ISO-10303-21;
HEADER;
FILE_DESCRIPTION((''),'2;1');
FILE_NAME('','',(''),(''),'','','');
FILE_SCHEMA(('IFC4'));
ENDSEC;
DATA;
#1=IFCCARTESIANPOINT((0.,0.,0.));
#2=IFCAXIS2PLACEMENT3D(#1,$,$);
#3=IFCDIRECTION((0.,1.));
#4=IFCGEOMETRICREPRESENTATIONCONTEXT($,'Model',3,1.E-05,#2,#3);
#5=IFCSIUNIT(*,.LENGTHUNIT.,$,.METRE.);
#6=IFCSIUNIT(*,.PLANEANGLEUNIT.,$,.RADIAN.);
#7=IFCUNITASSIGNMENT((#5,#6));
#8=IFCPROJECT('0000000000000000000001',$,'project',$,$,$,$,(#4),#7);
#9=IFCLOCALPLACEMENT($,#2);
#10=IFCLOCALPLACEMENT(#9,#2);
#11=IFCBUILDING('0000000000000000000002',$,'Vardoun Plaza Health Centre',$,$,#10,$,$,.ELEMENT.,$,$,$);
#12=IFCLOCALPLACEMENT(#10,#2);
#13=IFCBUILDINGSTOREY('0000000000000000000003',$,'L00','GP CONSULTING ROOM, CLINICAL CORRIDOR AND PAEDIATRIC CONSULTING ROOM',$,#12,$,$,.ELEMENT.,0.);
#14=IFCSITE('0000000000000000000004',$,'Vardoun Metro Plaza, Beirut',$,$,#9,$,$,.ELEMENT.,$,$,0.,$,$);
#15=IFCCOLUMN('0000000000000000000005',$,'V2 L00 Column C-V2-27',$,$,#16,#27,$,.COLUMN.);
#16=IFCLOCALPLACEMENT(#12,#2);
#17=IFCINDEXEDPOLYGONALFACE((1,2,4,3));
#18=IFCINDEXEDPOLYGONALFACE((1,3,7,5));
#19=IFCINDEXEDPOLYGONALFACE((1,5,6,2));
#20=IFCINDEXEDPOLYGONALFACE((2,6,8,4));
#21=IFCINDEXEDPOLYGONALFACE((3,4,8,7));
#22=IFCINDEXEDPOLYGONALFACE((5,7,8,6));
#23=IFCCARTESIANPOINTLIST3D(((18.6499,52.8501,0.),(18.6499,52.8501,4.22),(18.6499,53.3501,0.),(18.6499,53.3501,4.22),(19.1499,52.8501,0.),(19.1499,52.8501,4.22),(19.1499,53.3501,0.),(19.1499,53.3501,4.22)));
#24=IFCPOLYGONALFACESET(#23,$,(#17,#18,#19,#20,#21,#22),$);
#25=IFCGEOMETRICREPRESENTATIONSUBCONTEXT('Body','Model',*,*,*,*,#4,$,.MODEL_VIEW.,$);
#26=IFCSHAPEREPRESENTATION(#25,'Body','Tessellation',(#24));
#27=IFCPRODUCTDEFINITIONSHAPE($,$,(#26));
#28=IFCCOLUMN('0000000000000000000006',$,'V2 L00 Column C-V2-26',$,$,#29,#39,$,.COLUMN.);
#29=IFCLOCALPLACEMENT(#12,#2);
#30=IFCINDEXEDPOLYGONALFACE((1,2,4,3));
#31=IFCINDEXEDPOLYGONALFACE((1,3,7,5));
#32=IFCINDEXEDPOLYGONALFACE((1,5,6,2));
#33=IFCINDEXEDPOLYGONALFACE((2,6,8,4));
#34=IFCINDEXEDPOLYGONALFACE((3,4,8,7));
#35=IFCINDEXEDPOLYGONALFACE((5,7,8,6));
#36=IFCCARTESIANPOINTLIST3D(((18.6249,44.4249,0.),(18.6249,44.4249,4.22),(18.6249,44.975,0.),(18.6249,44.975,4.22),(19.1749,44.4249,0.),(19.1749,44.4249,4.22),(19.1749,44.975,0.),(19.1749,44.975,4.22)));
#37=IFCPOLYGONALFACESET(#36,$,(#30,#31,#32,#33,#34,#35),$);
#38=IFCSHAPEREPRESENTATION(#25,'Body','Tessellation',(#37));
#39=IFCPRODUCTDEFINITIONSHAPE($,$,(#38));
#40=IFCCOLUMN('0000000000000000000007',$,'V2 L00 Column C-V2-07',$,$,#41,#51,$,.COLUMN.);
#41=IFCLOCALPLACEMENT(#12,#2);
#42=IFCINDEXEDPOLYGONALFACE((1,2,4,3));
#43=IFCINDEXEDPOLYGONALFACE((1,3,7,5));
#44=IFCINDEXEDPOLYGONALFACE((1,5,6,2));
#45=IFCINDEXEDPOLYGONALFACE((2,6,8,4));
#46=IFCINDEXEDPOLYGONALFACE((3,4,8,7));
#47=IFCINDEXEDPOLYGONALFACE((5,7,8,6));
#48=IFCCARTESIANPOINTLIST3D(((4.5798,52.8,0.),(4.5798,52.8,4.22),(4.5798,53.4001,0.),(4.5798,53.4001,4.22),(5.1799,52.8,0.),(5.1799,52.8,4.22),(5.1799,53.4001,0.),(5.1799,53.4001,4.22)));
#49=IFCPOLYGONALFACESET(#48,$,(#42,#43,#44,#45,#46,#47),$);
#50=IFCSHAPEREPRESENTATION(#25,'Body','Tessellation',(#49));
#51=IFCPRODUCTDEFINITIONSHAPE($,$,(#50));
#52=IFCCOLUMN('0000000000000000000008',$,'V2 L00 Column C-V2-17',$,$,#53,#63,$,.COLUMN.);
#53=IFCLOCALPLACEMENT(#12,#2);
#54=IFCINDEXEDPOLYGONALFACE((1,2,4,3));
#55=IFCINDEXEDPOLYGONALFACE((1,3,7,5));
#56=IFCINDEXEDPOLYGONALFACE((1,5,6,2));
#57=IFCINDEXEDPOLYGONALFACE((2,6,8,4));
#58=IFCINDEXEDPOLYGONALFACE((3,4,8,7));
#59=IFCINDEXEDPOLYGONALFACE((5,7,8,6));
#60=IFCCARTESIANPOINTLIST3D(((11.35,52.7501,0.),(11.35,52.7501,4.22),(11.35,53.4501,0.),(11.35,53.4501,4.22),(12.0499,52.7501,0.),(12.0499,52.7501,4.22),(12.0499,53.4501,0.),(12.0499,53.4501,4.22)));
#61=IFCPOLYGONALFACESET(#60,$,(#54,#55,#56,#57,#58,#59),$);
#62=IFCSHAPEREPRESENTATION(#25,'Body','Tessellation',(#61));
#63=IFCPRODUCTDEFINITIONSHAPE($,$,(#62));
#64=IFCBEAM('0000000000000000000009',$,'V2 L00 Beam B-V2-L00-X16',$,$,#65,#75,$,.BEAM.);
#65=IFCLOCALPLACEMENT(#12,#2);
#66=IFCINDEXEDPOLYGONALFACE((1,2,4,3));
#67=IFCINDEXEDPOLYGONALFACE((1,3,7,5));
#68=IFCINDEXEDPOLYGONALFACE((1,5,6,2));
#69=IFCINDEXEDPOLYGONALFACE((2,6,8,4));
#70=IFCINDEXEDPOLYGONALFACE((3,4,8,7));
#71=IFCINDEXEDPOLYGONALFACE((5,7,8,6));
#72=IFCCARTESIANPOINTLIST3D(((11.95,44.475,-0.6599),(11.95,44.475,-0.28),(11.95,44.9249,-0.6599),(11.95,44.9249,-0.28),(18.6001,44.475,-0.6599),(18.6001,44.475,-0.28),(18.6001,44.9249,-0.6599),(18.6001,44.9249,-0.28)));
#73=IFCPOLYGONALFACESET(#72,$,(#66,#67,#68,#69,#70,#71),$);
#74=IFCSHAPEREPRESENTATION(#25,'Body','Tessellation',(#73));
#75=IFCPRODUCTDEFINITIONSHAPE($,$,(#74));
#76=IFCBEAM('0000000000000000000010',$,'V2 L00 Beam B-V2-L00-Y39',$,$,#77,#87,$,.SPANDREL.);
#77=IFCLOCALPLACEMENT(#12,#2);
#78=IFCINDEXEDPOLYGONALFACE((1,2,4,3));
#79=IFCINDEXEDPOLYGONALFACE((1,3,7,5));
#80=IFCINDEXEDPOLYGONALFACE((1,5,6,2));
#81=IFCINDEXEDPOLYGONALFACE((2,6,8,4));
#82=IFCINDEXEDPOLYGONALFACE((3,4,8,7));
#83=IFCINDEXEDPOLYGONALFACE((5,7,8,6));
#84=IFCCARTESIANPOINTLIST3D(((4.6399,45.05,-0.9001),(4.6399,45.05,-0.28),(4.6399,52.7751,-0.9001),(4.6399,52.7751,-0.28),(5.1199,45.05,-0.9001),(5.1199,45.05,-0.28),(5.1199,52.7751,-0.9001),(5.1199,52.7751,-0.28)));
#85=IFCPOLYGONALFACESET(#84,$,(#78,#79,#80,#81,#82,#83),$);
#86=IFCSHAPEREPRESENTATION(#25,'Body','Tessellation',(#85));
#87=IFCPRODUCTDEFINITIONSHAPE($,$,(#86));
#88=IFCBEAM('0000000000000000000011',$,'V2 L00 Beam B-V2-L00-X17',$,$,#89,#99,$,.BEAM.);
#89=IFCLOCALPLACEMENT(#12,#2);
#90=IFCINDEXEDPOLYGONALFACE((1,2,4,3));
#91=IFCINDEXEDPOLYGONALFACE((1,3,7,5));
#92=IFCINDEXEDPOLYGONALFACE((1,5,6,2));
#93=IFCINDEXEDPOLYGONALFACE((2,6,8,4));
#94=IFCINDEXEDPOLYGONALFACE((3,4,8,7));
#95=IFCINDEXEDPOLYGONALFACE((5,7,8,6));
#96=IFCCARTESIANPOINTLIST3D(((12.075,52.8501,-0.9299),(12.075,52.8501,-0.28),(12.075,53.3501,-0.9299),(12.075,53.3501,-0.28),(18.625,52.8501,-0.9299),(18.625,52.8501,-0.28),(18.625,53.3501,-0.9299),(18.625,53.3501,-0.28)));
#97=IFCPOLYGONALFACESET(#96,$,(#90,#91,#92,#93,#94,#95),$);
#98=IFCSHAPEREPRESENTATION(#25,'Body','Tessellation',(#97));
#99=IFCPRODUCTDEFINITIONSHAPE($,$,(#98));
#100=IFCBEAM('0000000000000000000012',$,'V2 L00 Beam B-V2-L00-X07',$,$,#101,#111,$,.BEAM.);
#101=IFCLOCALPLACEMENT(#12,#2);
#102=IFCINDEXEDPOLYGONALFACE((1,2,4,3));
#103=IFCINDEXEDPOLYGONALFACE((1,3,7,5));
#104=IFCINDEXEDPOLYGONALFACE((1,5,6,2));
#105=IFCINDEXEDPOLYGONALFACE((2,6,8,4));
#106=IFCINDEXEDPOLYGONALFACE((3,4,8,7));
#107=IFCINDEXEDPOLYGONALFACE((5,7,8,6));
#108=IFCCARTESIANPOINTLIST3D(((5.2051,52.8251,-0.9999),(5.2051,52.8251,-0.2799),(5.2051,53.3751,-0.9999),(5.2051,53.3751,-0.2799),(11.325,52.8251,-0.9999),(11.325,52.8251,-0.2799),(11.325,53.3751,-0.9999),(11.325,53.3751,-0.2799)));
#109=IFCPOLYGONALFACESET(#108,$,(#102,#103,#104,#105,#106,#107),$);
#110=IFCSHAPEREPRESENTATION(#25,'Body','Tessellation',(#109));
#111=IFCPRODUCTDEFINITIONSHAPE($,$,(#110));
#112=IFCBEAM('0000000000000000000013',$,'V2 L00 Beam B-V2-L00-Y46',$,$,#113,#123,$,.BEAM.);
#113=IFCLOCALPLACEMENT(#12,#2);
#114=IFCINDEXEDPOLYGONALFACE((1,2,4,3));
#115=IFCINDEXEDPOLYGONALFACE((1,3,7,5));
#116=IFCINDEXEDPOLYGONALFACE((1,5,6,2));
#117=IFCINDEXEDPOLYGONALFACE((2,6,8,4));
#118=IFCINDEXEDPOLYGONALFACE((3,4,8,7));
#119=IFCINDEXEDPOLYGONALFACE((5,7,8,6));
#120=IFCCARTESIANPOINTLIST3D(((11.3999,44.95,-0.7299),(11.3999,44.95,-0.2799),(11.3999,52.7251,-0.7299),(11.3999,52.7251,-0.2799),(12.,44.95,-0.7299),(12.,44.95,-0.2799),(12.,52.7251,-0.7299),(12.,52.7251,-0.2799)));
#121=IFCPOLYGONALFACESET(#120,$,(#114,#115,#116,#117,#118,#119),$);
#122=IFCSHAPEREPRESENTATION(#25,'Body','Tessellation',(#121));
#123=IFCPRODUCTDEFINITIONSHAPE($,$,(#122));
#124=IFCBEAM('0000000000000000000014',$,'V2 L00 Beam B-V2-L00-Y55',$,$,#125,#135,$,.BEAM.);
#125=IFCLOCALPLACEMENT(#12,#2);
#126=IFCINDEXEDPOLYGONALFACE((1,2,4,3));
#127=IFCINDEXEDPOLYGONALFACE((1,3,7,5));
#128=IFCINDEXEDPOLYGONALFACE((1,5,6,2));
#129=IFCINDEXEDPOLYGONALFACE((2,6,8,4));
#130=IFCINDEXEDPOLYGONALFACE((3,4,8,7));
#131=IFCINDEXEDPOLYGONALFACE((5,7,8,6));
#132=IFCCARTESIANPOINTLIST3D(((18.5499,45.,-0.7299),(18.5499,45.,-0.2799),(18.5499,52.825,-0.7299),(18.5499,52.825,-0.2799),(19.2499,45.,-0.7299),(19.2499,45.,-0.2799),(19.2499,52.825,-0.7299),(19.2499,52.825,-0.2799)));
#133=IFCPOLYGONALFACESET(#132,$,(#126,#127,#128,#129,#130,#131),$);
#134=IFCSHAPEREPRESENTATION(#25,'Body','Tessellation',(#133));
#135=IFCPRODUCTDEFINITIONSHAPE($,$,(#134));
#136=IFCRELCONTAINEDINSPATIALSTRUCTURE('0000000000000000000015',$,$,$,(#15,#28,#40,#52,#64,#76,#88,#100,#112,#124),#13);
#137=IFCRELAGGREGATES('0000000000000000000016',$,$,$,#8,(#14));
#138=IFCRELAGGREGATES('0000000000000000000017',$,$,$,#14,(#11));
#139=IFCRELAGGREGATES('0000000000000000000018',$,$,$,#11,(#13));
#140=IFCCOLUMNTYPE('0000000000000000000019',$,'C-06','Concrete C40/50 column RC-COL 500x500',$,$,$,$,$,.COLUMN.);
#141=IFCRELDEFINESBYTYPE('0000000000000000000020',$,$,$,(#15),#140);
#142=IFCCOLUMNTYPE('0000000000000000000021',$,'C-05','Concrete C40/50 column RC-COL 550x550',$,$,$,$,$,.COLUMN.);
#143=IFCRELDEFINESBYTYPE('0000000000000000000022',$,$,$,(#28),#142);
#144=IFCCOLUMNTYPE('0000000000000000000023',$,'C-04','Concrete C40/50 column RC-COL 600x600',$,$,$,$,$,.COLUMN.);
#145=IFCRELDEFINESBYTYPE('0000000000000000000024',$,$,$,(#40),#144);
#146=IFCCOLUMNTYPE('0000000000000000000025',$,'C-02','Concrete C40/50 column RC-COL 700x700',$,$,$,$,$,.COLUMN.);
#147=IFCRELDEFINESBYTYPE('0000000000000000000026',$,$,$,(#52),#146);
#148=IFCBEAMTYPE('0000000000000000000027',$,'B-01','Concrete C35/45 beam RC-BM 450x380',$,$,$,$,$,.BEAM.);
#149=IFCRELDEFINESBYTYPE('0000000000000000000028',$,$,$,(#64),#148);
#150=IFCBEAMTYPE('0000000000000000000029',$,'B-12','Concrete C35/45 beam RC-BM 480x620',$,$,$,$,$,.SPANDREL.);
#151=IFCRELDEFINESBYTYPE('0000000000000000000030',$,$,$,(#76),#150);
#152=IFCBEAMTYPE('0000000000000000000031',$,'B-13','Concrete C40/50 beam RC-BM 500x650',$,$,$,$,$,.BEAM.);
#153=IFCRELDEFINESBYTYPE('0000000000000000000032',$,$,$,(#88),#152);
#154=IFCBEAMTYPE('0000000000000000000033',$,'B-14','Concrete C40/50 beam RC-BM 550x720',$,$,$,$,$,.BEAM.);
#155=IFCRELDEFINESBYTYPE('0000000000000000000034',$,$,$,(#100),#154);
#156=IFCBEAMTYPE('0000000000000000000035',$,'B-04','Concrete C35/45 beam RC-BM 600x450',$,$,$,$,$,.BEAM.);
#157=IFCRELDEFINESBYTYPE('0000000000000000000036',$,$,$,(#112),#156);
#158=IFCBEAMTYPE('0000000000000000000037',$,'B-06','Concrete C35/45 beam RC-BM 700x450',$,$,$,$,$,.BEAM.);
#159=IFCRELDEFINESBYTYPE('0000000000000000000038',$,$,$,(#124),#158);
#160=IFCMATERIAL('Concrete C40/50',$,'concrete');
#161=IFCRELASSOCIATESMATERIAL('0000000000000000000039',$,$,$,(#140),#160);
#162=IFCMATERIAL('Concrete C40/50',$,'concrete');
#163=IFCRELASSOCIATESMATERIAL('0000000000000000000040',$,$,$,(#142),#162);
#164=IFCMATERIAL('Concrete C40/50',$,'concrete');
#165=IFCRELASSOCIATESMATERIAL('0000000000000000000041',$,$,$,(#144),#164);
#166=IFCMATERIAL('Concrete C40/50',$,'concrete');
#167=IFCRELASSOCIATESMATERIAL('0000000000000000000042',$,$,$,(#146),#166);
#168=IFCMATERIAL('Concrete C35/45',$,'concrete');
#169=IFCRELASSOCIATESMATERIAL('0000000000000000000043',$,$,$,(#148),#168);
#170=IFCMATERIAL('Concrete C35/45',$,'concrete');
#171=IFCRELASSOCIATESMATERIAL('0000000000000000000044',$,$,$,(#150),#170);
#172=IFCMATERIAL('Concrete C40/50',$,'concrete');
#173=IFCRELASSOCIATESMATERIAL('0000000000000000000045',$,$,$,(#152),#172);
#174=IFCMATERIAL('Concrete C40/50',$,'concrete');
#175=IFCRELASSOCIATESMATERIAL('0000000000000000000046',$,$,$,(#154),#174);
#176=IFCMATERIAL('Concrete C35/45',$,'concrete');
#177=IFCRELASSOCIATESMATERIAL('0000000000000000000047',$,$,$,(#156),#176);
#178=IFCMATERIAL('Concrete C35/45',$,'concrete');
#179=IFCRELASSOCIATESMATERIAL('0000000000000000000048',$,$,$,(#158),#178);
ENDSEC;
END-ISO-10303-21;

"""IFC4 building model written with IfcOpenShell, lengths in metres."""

from ifc_helpers import new_model, si_unit, direction, frame, origin, origin_2d, place, context, subcontext, project, spatial, rectangle, extrude, material, material_profile, profile_set, type_object, element, save


model = new_model("IFC4")

# Units and contexts
model_context = context("Model", 3, precision=1e-05, world=origin(), true_north=direction((0.0, 1.0)))
body_context = subcontext(model_context, "Body", "Model", "MODEL_VIEW")
ifc_project = project(units=[si_unit("LENGTHUNIT", "METRE"), si_unit("PLANEANGLEUNIT", "RADIAN")], contexts=[model_context])

# Site, building, storey
site_placement = place(None, origin())
site = spatial("IfcSite", under=ifc_project, at=site_placement, Name="Vardoun Metro Plaza, Beirut", CompositionType="ELEMENT", RefElevation=0.0)
building_placement = place(site_placement, origin())
building = spatial("IfcBuilding", under=site, at=building_placement, Name="Vardoun Plaza Health Centre", CompositionType="ELEMENT")
storey_placement = place(building_placement, origin())
storey = spatial("IfcBuildingStorey", under=building, at=storey_placement, Name="L00", Description="GP CONSULTING ROOM, CLINICAL CORRIDOR AND PAEDIATRIC CONSULTING ROOM", CompositionType="ELEMENT", Elevation=0.0)

# Columns
ifc_material_1 = material(Name="Concrete C40/50", Category="concrete")
ifc_material_profile_1 = material_profile(ifc_material_1, rectangle(XDim=0.5, YDim=0.5, at=origin_2d()), Name="RC-COL 500x500")
ifc_profile_set_1 = profile_set([ifc_material_profile_1], Name="Concrete C40/50")
column_type_1 = type_object("IfcColumnType", Name="C-06", Description="Concrete C40/50 column RC-COL 500x500", PredefinedType="COLUMN", material=ifc_profile_set_1)
column_1_placement = place(storey_placement, frame((18.8999, 53.1001, 0.0), z_axis=(0.0, 0.0, 1.0), x_axis=(1.0, 0.0, 0.0)))
element("IfcColumn", 1, at=column_1_placement, inside=storey, type_object=column_type_1, Name="V2 L00 Column C-V2-27", PredefinedType="COLUMN", context=body_context, shape_type="SweptSolid", body=[
    extrude(rectangle(XDim=0.5, YDim=0.5, at=origin_2d()), origin(), (0.0, 0.0, 1.0), 4.22),
])
ifc_material_2 = material(Name="Concrete C40/50", Category="concrete")
ifc_material_profile_2 = material_profile(ifc_material_2, rectangle(XDim=0.55, YDim=0.55, at=origin_2d()), Name="RC-COL 550x550")
ifc_profile_set_2 = profile_set([ifc_material_profile_2], Name="Concrete C40/50")
column_type_2 = type_object("IfcColumnType", Name="C-05", Description="Concrete C40/50 column RC-COL 550x550", PredefinedType="COLUMN", material=ifc_profile_set_2)
column_2_placement = place(storey_placement, frame((18.8999, 44.7, 0.0), z_axis=(0.0, 0.0, 1.0), x_axis=(1.0, 0.0, 0.0)))
element("IfcColumn", 2, at=column_2_placement, inside=storey, type_object=column_type_2, Name="V2 L00 Column C-V2-26", PredefinedType="COLUMN", context=body_context, shape_type="SweptSolid", body=[
    extrude(rectangle(XDim=0.55, YDim=0.55, at=origin_2d()), origin(), (0.0, 0.0, 1.0), 4.22),
])
ifc_material_3 = material(Name="Concrete C40/50", Category="concrete")
ifc_material_profile_3 = material_profile(ifc_material_3, rectangle(XDim=0.6001, YDim=0.6001, at=origin_2d()), Name="RC-COL 600x600")
ifc_profile_set_3 = profile_set([ifc_material_profile_3], Name="Concrete C40/50")
column_type_3 = type_object("IfcColumnType", Name="C-04", Description="Concrete C40/50 column RC-COL 600x600", PredefinedType="COLUMN", material=ifc_profile_set_3)
column_3_placement = place(storey_placement, frame((4.8799, 53.1001, 0.0), z_axis=(0.0, 0.0, 1.0), x_axis=(1.0, 0.0, 0.0)))
element("IfcColumn", 3, at=column_3_placement, inside=storey, type_object=column_type_3, Name="V2 L00 Column C-V2-07", PredefinedType="COLUMN", context=body_context, shape_type="SweptSolid", body=[
    extrude(rectangle(XDim=0.6001, YDim=0.6001, at=origin_2d()), origin(), (0.0, 0.0, 1.0), 4.22),
])
ifc_material_4 = material(Name="Concrete C40/50", Category="concrete")
ifc_material_profile_4 = material_profile(ifc_material_4, rectangle(XDim=0.7, YDim=0.7, at=origin_2d()), Name="RC-COL 700x700")
ifc_profile_set_4 = profile_set([ifc_material_profile_4], Name="Concrete C40/50")
column_type_4 = type_object("IfcColumnType", Name="C-02", Description="Concrete C40/50 column RC-COL 700x700", PredefinedType="COLUMN", material=ifc_profile_set_4)
column_4_placement = place(storey_placement, frame((11.7, 53.1001, 0.0), z_axis=(0.0, 0.0, 1.0), x_axis=(1.0, 0.0, 0.0)))
element("IfcColumn", 4, at=column_4_placement, inside=storey, type_object=column_type_4, Name="V2 L00 Column C-V2-17", PredefinedType="COLUMN", context=body_context, shape_type="SweptSolid", body=[
    extrude(rectangle(XDim=0.7, YDim=0.7, at=origin_2d()), origin(), (0.0, 0.0, 1.0), 4.22),
])

# Beams
ifc_material_5 = material(Name="Concrete C35/45", Category="concrete")
ifc_material_profile_5 = material_profile(ifc_material_5, rectangle(XDim=0.45, YDim=0.3799, at=origin_2d()), Name="RC-BM 450x380")
ifc_profile_set_5 = profile_set([ifc_material_profile_5], Name="Concrete C35/45")
beam_type_1 = type_object("IfcBeamType", Name="B-01", Description="Concrete C35/45 beam RC-BM 450x380", PredefinedType="BEAM", material=ifc_profile_set_5)
beam_1_placement = place(storey_placement, frame((11.95, 44.7, -0.47), z_axis=(1.0, 0.0, 0.0), x_axis=(0.0, 1.0, 0.0)))
element("IfcBeam", 5, at=beam_1_placement, inside=storey, type_object=beam_type_1, Name="V2 L00 Beam B-V2-L00-X16", PredefinedType="BEAM", context=body_context, shape_type="SweptSolid", body=[
    extrude(rectangle(XDim=0.45, YDim=0.3799, at=origin_2d()), origin(), (0.0, 0.0, 1.0), 6.6501),
])
ifc_material_6 = material(Name="Concrete C35/45", Category="concrete")
ifc_material_profile_6 = material_profile(ifc_material_6, rectangle(XDim=0.48, YDim=0.6201, at=origin_2d()), Name="RC-BM 480x620")
ifc_profile_set_6 = profile_set([ifc_material_profile_6], Name="Concrete C35/45")
beam_type_2 = type_object("IfcBeamType", Name="B-12", Description="Concrete C35/45 beam RC-BM 480x620", PredefinedType="SPANDREL", material=ifc_profile_set_6)
beam_2_placement = place(storey_placement, frame((4.8799, 45.05, -0.5901), z_axis=(0.0, 1.0, 0.0), x_axis=(-1.0, 0.0, 0.0)))
element("IfcBeam", 6, at=beam_2_placement, inside=storey, type_object=beam_type_2, Name="V2 L00 Beam B-V2-L00-Y39", PredefinedType="SPANDREL", context=body_context, shape_type="SweptSolid", body=[
    extrude(rectangle(XDim=0.48, YDim=0.6201, at=origin_2d()), origin(), (0.0, 0.0, 1.0), 7.7251),
])
ifc_material_7 = material(Name="Concrete C40/50", Category="concrete")
ifc_material_profile_7 = material_profile(ifc_material_7, rectangle(XDim=0.5, YDim=0.6499, at=origin_2d()), Name="RC-BM 500x650")
ifc_profile_set_7 = profile_set([ifc_material_profile_7], Name="Concrete C40/50")
beam_type_3 = type_object("IfcBeamType", Name="B-13", Description="Concrete C40/50 beam RC-BM 500x650", PredefinedType="BEAM", material=ifc_profile_set_7)
beam_3_placement = place(storey_placement, frame((12.075, 53.1001, -0.605), z_axis=(1.0, 0.0, 0.0), x_axis=(0.0, 1.0, 0.0)))
element("IfcBeam", 7, at=beam_3_placement, inside=storey, type_object=beam_type_3, Name="V2 L00 Beam B-V2-L00-X17", PredefinedType="BEAM", context=body_context, shape_type="SweptSolid", body=[
    extrude(rectangle(XDim=0.5, YDim=0.6499, at=origin_2d()), origin(), (0.0, 0.0, 1.0), 6.55),
])
ifc_material_8 = material(Name="Concrete C40/50", Category="concrete")
ifc_material_profile_8 = material_profile(ifc_material_8, rectangle(XDim=0.55, YDim=0.72, at=origin_2d()), Name="RC-BM 550x720")
ifc_profile_set_8 = profile_set([ifc_material_profile_8], Name="Concrete C40/50")
beam_type_4 = type_object("IfcBeamType", Name="B-14", Description="Concrete C40/50 beam RC-BM 550x720", PredefinedType="BEAM", material=ifc_profile_set_8)
beam_4_placement = place(storey_placement, frame((5.2051, 53.1001, -0.6399), z_axis=(1.0, 0.0, 0.0), x_axis=(0.0, 1.0, 0.0)))
element("IfcBeam", 8, at=beam_4_placement, inside=storey, type_object=beam_type_4, Name="V2 L00 Beam B-V2-L00-X07", PredefinedType="BEAM", context=body_context, shape_type="SweptSolid", body=[
    extrude(rectangle(XDim=0.55, YDim=0.72, at=origin_2d()), origin(), (0.0, 0.0, 1.0), 6.1199),
])
ifc_material_9 = material(Name="Concrete C35/45", Category="concrete")
ifc_material_profile_9 = material_profile(ifc_material_9, rectangle(XDim=0.6001, YDim=0.45, at=origin_2d()), Name="RC-BM 600x450")
ifc_profile_set_9 = profile_set([ifc_material_profile_9], Name="Concrete C35/45")
beam_type_5 = type_object("IfcBeamType", Name="B-04", Description="Concrete C35/45 beam RC-BM 600x450", PredefinedType="BEAM", material=ifc_profile_set_9)
beam_5_placement = place(storey_placement, frame((11.7, 44.95, -0.5049), z_axis=(0.0, 1.0, 0.0), x_axis=(-1.0, 0.0, 0.0)))
element("IfcBeam", 9, at=beam_5_placement, inside=storey, type_object=beam_type_5, Name="V2 L00 Beam B-V2-L00-Y46", PredefinedType="BEAM", context=body_context, shape_type="SweptSolid", body=[
    extrude(rectangle(XDim=0.6001, YDim=0.45, at=origin_2d()), origin(), (0.0, 0.0, 1.0), 7.7751),
])
ifc_material_10 = material(Name="Concrete C35/45", Category="concrete")
ifc_material_profile_10 = material_profile(ifc_material_10, rectangle(XDim=0.7, YDim=0.45, at=origin_2d()), Name="RC-BM 700x450")
ifc_profile_set_10 = profile_set([ifc_material_profile_10], Name="Concrete C35/45")
beam_type_6 = type_object("IfcBeamType", Name="B-06", Description="Concrete C35/45 beam RC-BM 700x450", PredefinedType="BEAM", material=ifc_profile_set_10)
beam_6_placement = place(storey_placement, frame((18.8999, 45.0, -0.5049), z_axis=(0.0, 1.0, 0.0), x_axis=(-1.0, 0.0, 0.0)))
element("IfcBeam", 10, at=beam_6_placement, inside=storey, type_object=beam_type_6, Name="V2 L00 Beam B-V2-L00-Y55", PredefinedType="BEAM", context=body_context, shape_type="SweptSolid", body=[
    extrude(rectangle(XDim=0.7, YDim=0.45, at=origin_2d()), origin(), (0.0, 0.0, 1.0), 7.825),
])

save(model, "model.ifc")
